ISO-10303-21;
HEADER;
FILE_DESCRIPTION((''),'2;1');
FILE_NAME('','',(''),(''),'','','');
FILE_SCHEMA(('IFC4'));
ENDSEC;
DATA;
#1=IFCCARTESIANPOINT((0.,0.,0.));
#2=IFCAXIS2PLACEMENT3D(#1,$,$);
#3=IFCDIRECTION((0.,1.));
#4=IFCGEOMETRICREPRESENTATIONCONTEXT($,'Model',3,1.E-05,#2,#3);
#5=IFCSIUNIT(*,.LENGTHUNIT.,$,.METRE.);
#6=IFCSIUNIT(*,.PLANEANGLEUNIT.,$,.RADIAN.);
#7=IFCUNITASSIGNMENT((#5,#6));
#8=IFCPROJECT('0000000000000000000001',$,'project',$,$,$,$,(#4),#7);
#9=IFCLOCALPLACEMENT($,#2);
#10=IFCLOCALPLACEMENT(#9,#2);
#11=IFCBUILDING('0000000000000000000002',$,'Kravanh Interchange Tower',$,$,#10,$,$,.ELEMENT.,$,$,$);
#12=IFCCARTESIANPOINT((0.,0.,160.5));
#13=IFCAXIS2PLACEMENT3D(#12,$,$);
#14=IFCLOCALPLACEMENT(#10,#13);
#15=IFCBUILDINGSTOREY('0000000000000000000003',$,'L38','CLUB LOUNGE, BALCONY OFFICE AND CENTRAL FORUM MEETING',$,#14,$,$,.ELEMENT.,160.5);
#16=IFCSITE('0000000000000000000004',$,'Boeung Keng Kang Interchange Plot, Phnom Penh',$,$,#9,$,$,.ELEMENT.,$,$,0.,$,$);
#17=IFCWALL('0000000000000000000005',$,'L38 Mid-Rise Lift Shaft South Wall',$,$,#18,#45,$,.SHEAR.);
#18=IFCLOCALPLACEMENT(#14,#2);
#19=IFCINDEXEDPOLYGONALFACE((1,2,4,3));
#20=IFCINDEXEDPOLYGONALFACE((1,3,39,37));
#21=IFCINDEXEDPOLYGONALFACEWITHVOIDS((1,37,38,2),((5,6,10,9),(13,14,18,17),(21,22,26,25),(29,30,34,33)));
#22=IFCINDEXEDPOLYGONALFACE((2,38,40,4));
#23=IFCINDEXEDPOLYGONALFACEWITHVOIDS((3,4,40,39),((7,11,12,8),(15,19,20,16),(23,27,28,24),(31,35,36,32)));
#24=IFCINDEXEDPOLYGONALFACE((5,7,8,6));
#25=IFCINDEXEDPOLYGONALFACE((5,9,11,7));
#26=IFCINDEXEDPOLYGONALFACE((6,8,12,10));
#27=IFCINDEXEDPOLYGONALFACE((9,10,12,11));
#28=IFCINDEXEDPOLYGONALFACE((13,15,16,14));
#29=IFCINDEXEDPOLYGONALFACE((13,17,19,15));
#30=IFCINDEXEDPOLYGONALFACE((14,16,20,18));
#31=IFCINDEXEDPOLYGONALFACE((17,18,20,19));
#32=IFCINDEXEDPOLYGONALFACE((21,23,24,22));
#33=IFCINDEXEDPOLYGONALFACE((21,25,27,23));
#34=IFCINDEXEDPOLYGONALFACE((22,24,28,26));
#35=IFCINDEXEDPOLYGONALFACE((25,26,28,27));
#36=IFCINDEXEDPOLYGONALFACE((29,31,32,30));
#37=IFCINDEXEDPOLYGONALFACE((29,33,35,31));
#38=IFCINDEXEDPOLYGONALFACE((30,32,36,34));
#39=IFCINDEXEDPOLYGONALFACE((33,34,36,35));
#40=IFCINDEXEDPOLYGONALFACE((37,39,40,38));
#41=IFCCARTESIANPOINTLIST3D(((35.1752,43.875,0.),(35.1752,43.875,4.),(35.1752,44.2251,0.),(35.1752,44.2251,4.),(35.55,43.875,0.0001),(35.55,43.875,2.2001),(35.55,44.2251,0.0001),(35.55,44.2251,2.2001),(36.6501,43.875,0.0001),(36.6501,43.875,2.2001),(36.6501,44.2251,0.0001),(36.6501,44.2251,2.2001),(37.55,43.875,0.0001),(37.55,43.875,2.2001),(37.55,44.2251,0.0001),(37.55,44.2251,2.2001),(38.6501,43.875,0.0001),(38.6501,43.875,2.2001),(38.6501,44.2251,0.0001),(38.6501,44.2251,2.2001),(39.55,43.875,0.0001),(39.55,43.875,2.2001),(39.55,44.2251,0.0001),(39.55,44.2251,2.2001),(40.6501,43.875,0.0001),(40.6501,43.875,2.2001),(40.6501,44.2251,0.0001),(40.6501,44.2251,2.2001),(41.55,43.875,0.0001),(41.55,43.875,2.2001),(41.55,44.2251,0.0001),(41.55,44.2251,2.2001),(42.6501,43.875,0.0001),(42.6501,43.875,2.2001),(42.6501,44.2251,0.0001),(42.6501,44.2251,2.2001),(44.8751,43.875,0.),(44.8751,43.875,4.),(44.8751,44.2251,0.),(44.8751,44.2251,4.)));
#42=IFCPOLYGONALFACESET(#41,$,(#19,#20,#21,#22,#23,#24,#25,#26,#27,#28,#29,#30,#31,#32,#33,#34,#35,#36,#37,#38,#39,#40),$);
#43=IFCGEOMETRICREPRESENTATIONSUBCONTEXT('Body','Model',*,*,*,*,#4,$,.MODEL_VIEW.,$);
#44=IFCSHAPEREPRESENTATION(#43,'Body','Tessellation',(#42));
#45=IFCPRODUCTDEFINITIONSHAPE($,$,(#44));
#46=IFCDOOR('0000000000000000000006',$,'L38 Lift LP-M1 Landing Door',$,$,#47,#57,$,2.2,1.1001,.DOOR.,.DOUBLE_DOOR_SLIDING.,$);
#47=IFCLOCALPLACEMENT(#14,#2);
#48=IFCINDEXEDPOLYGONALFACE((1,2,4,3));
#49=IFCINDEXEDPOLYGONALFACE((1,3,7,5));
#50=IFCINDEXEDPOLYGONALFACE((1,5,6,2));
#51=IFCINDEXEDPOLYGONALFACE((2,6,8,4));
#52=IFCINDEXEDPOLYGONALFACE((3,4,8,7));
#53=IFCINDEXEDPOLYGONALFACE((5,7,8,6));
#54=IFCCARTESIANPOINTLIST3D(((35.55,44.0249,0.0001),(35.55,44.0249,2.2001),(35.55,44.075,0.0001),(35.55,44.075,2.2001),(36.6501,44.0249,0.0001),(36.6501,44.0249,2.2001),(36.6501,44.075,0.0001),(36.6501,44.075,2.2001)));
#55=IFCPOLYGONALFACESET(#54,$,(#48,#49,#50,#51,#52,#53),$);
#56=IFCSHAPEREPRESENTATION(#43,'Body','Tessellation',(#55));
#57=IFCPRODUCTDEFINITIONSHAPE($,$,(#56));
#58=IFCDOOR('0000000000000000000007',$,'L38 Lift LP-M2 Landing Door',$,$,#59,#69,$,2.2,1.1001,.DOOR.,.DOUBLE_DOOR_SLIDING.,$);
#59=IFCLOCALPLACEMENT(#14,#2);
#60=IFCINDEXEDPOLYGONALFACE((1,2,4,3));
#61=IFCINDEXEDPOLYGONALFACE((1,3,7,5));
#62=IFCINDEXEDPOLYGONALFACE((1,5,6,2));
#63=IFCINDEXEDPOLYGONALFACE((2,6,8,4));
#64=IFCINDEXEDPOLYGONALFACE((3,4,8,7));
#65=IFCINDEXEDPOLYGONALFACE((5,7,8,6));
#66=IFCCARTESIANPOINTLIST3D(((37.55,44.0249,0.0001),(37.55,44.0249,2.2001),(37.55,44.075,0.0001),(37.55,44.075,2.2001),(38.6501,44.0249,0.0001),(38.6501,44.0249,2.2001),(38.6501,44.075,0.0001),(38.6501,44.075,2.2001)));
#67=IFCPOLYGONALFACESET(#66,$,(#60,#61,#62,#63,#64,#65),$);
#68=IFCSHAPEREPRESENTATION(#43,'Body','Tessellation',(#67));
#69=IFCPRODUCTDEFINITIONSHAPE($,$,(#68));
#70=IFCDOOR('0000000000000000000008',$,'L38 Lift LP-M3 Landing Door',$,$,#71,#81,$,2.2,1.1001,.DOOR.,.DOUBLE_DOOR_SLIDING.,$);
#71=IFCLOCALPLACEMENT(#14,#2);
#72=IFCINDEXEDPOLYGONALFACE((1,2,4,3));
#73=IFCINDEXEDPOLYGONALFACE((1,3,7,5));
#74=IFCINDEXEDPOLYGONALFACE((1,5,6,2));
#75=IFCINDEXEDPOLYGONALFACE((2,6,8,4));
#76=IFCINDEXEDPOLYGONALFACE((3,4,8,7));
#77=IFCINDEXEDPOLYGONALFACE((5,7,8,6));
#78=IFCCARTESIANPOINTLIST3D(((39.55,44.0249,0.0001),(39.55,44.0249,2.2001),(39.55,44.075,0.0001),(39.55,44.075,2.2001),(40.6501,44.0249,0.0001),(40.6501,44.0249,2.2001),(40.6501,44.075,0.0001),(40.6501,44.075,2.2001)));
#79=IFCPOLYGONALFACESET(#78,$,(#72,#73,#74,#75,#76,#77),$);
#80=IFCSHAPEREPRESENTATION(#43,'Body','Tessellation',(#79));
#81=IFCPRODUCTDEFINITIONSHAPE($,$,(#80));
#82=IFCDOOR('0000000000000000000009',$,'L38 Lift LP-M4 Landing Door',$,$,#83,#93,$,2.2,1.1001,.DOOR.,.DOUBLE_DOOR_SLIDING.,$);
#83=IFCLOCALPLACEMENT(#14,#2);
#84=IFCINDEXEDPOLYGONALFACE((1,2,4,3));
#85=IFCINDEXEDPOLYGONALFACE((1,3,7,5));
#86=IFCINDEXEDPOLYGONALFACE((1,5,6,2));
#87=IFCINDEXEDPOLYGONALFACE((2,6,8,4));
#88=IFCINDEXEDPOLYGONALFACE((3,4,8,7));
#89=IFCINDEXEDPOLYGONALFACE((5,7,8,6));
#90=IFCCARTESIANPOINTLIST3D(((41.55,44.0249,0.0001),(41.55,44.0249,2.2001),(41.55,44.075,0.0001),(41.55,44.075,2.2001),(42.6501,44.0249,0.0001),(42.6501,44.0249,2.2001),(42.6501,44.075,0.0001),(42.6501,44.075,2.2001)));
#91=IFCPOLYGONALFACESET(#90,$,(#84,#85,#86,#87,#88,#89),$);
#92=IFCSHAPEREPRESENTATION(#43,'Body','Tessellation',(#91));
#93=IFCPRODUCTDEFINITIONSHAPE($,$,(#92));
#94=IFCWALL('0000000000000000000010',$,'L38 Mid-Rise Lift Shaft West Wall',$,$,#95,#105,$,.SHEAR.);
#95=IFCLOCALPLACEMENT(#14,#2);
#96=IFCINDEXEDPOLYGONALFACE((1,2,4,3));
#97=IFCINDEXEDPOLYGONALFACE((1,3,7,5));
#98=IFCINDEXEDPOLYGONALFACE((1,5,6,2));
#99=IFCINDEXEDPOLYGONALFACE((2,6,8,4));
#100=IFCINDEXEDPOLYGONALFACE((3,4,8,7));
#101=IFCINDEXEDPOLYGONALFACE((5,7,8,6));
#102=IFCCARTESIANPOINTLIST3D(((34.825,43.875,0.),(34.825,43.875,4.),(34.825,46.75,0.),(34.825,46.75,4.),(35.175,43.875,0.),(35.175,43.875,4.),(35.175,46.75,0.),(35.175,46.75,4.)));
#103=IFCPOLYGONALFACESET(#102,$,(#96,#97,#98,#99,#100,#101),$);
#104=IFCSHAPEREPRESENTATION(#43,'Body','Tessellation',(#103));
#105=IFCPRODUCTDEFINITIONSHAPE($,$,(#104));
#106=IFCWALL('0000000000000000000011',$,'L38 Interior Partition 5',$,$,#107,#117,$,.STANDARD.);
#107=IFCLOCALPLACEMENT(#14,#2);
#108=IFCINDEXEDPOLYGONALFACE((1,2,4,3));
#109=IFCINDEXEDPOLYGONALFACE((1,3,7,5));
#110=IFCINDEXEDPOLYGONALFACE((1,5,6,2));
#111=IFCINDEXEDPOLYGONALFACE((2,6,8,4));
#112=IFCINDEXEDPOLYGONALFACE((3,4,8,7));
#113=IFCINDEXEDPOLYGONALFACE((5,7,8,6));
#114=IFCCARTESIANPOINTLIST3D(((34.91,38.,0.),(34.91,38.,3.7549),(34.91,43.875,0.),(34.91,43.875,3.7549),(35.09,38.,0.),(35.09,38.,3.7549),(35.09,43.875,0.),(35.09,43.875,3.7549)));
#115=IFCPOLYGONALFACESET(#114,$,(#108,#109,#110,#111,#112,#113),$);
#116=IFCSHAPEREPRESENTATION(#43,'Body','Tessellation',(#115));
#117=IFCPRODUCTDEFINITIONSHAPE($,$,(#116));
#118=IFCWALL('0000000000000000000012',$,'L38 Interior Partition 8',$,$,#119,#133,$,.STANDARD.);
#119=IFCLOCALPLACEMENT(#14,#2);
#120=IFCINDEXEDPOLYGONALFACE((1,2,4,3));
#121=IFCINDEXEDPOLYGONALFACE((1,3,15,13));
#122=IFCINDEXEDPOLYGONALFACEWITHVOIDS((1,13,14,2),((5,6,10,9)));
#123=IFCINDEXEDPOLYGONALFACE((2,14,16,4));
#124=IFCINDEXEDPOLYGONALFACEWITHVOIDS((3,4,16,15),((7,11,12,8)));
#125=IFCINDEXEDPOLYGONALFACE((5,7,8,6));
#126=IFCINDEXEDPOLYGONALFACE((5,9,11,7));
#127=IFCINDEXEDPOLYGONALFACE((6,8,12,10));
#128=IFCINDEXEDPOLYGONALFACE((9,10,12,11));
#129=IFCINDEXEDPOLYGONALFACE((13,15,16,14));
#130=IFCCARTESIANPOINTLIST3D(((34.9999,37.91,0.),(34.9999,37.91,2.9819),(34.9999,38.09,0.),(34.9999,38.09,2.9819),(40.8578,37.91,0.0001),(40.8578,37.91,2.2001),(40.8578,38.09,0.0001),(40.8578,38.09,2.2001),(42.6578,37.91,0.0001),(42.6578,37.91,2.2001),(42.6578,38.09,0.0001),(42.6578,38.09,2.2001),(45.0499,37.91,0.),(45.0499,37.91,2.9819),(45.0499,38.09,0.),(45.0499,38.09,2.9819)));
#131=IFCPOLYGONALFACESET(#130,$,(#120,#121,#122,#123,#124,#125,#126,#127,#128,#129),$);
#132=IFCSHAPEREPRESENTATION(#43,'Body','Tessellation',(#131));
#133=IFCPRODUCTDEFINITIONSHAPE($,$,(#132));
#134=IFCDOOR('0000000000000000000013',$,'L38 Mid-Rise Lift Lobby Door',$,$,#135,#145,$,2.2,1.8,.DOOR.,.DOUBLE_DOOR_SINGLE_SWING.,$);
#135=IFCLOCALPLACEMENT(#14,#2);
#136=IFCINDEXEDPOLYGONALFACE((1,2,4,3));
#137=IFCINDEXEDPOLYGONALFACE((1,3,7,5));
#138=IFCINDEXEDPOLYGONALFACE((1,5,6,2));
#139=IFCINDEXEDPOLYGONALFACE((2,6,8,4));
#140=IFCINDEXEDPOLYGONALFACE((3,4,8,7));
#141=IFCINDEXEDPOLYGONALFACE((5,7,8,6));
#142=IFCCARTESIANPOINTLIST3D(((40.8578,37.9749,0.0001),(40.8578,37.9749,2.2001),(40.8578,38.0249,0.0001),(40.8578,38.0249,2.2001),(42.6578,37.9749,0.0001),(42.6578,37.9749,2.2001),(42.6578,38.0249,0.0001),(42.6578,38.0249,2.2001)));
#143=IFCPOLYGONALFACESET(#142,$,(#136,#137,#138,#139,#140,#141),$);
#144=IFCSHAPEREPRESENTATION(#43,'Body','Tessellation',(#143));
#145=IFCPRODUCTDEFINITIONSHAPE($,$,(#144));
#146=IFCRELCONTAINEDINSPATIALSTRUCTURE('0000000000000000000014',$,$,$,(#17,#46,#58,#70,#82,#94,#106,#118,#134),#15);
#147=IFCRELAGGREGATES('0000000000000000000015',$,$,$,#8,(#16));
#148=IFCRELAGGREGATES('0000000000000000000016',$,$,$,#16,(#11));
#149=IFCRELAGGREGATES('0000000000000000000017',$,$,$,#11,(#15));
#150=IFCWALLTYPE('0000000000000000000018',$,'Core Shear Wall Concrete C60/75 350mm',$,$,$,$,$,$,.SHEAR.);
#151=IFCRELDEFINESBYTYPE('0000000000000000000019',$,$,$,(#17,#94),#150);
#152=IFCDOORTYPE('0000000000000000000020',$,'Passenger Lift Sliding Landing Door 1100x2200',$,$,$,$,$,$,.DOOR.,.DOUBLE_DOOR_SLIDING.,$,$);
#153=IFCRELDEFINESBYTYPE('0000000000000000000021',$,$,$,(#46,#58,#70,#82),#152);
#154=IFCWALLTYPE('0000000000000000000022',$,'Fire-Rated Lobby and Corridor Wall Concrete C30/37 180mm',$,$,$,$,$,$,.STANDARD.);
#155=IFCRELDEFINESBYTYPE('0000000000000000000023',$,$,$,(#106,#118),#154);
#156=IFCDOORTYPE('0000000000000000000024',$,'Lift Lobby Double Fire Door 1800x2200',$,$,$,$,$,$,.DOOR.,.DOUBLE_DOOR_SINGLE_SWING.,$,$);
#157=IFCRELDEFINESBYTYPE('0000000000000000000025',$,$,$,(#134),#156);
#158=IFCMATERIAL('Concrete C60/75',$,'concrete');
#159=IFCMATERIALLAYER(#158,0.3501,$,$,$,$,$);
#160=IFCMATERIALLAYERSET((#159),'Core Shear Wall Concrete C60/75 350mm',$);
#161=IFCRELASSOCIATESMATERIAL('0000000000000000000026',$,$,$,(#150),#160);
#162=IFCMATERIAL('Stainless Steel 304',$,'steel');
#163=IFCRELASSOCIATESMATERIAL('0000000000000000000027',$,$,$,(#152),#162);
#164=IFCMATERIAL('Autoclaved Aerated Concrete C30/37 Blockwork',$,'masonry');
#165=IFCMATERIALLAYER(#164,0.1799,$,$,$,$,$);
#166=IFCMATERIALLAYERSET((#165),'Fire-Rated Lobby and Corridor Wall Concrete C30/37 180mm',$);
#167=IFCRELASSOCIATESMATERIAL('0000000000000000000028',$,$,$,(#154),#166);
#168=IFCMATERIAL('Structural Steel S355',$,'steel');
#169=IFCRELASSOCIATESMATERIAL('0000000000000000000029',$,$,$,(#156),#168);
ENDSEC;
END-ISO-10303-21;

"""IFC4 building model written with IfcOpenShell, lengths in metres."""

from ifc_helpers import new_model, si_unit, direction, frame, frame_2d, origin, place, context, subcontext, project, spatial, rectangle, extrude, material, layer, layer_set, type_object, element, fill, save


model = new_model("IFC4")

# Units and contexts
model_context = context("Model", 3, precision=1e-05, world=origin(), true_north=direction((0.0, 1.0)))
body_context = subcontext(model_context, "Body", "Model", "MODEL_VIEW")
ifc_project = project(units=[si_unit("LENGTHUNIT", "METRE"), si_unit("PLANEANGLEUNIT", "RADIAN")], contexts=[model_context])

# Site, building, storey
site_placement = place(None, origin())
site = spatial("IfcSite", under=ifc_project, at=site_placement, Name="Boeung Keng Kang Interchange Plot, Phnom Penh", CompositionType="ELEMENT", RefElevation=0.0)
building_placement = place(site_placement, origin())
building = spatial("IfcBuilding", under=site, at=building_placement, Name="Kravanh Interchange Tower", CompositionType="ELEMENT")
storey_placement = place(building_placement, frame((0.0, 0.0, 160.5)))
storey = spatial("IfcBuildingStorey", under=building, at=storey_placement, Name="L38", Description="CLUB LOUNGE, BALCONY OFFICE AND CENTRAL FORUM MEETING", CompositionType="ELEMENT", Elevation=160.5)

# Wall, openings, doors
ifc_material_1 = material(Name="Concrete C60/75", Category="concrete")
ifc_layer_1 = layer(ifc_material_1, 0.3501)
ifc_layer_set_1 = layer_set([ifc_layer_1], Name="Core Shear Wall Concrete C60/75 350mm")
wall_type_1 = type_object("IfcWallType", Name="Core Shear Wall Concrete C60/75 350mm", PredefinedType="SHEAR", material=ifc_layer_set_1)
wall_1_placement = place(storey_placement, frame((35.175, 44.05, 0.0), z_axis=(0.0, 0.0, 1.0), x_axis=(1.0, 0.0, 0.0)))
wall_1 = element("IfcWall", 1, at=wall_1_placement, inside=storey, type_object=wall_type_1, Name="L38 Mid-Rise Lift Shaft South Wall", PredefinedType="SHEAR", context=body_context, shape_type="SweptSolid", body=[
    extrude(rectangle(XDim=9.7, YDim=0.3501, at=frame_2d((4.8501, 0.0))), origin(), (0.0, 0.0, 1.0), 4.0),
])
opening_1_placement = place(wall_1_placement, frame((0.375, 0.0, 0.0)))
opening_1 = element("IfcOpeningElement", 2, at=opening_1_placement, cuts=wall_1, PredefinedType="OPENING", context=body_context, shape_type="SweptSolid", body=[
    extrude(rectangle(XDim=1.1001, YDim=2.2, at=frame_2d((0.55, 1.1001))), frame((0.0, 0.1851, 0.0), z_axis=(0.0, -1.0, 0.0), x_axis=(1.0, 0.0, 0.0)), (0.0, 0.0, 1.0), 0.3701),
])
opening_2_placement = place(wall_1_placement, frame((2.375, 0.0, 0.0)))
opening_2 = element("IfcOpeningElement", 3, at=opening_2_placement, cuts=wall_1, PredefinedType="OPENING", context=body_context, shape_type="SweptSolid", body=[
    extrude(rectangle(XDim=1.1001, YDim=2.2, at=frame_2d((0.55, 1.1001))), frame((0.0, 0.1851, 0.0), z_axis=(0.0, -1.0, 0.0), x_axis=(1.0, 0.0, 0.0)), (0.0, 0.0, 1.0), 0.3701),
])
opening_3_placement = place(wall_1_placement, frame((4.375, 0.0, 0.0)))
opening_3 = element("IfcOpeningElement", 4, at=opening_3_placement, cuts=wall_1, PredefinedType="OPENING", context=body_context, shape_type="SweptSolid", body=[
    extrude(rectangle(XDim=1.1001, YDim=2.2, at=frame_2d((0.55, 1.1001))), frame((0.0, 0.1851, 0.0), z_axis=(0.0, -1.0, 0.0), x_axis=(1.0, 0.0, 0.0)), (0.0, 0.0, 1.0), 0.3701),
])
opening_4_placement = place(wall_1_placement, frame((6.375, 0.0, 0.0)))
opening_4 = element("IfcOpeningElement", 5, at=opening_4_placement, cuts=wall_1, PredefinedType="OPENING", context=body_context, shape_type="SweptSolid", body=[
    extrude(rectangle(XDim=1.1001, YDim=2.2, at=frame_2d((0.55, 1.1001))), frame((0.0, 0.1851, 0.0), z_axis=(0.0, -1.0, 0.0), x_axis=(1.0, 0.0, 0.0)), (0.0, 0.0, 1.0), 0.3701),
])
ifc_material_2 = material(Name="Stainless Steel 304", Category="steel")
door_type_1 = type_object("IfcDoorType", Name="Passenger Lift Sliding Landing Door 1100x2200", OperationType="DOUBLE_DOOR_SLIDING", PredefinedType="DOOR", material=ifc_material_2)
door_1_placement = place(opening_1_placement, origin())
door_1 = element("IfcDoor", 6, at=door_1_placement, inside=storey, type_object=door_type_1, Name="L38 Lift LP-M1 Landing Door", OperationType="DOUBLE_DOOR_SLIDING", OverallHeight=2.2, OverallWidth=1.1001, PredefinedType="DOOR", context=body_context, shape_type="SweptSolid", body=[
    extrude(rectangle(XDim=1.1001, YDim=2.2, at=frame_2d((0.55, 1.1001))), frame((0.0, 0.0249, 0.0), z_axis=(0.0, -1.0, 0.0), x_axis=(1.0, 0.0, 0.0)), (0.0, 0.0, 1.0), 0.05),
])
fill(opening_1, door_1)
door_2_placement = place(opening_2_placement, origin())
door_2 = element("IfcDoor", 7, at=door_2_placement, inside=storey, type_object=door_type_1, Name="L38 Lift LP-M2 Landing Door", OperationType="DOUBLE_DOOR_SLIDING", OverallHeight=2.2, OverallWidth=1.1001, PredefinedType="DOOR", context=body_context, shape_type="SweptSolid", body=[
    extrude(rectangle(XDim=1.1001, YDim=2.2, at=frame_2d((0.55, 1.1001))), frame((0.0, 0.0249, 0.0), z_axis=(0.0, -1.0, 0.0), x_axis=(1.0, 0.0, 0.0)), (0.0, 0.0, 1.0), 0.05),
])
fill(opening_2, door_2)
door_3_placement = place(opening_3_placement, origin())
door_3 = element("IfcDoor", 8, at=door_3_placement, inside=storey, type_object=door_type_1, Name="L38 Lift LP-M3 Landing Door", OperationType="DOUBLE_DOOR_SLIDING", OverallHeight=2.2, OverallWidth=1.1001, PredefinedType="DOOR", context=body_context, shape_type="SweptSolid", body=[
    extrude(rectangle(XDim=1.1001, YDim=2.2, at=frame_2d((0.55, 1.1001))), frame((0.0, 0.0249, 0.0), z_axis=(0.0, -1.0, 0.0), x_axis=(1.0, 0.0, 0.0)), (0.0, 0.0, 1.0), 0.05),
])
fill(opening_3, door_3)
door_4_placement = place(opening_4_placement, origin())
door_4 = element("IfcDoor", 9, at=door_4_placement, inside=storey, type_object=door_type_1, Name="L38 Lift LP-M4 Landing Door", OperationType="DOUBLE_DOOR_SLIDING", OverallHeight=2.2, OverallWidth=1.1001, PredefinedType="DOOR", context=body_context, shape_type="SweptSolid", body=[
    extrude(rectangle(XDim=1.1001, YDim=2.2, at=frame_2d((0.55, 1.1001))), frame((0.0, 0.0249, 0.0), z_axis=(0.0, -1.0, 0.0), x_axis=(1.0, 0.0, 0.0)), (0.0, 0.0, 1.0), 0.05),
])
fill(opening_4, door_4)

# Walls
wall_2_placement = place(storey_placement, frame((35.0, 43.875, 0.0), z_axis=(0.0, 0.0, 1.0), x_axis=(0.0, 1.0, 0.0)))
element("IfcWall", 10, at=wall_2_placement, inside=storey, type_object=wall_type_1, Name="L38 Mid-Rise Lift Shaft West Wall", PredefinedType="SHEAR", context=body_context, shape_type="SweptSolid", body=[
    extrude(rectangle(XDim=2.875, YDim=0.3501, at=frame_2d((1.4375, 0.0))), origin(), (0.0, 0.0, 1.0), 4.0),
])
ifc_material_3 = material(Name="Autoclaved Aerated Concrete C30/37 Blockwork", Category="masonry")
ifc_layer_2 = layer(ifc_material_3, 0.1799)
ifc_layer_set_2 = layer_set([ifc_layer_2], Name="Fire-Rated Lobby and Corridor Wall Concrete C30/37 180mm")
wall_type_2 = type_object("IfcWallType", Name="Fire-Rated Lobby and Corridor Wall Concrete C30/37 180mm", PredefinedType="STANDARD", material=ifc_layer_set_2)
wall_3_placement = place(storey_placement, frame((35.0, 38.0, 0.0), z_axis=(0.0, 0.0, 1.0), x_axis=(0.0, 1.0, 0.0)))
element("IfcWall", 11, at=wall_3_placement, inside=storey, type_object=wall_type_2, Name="L38 Interior Partition 5", PredefinedType="STANDARD", context=body_context, shape_type="SweptSolid", body=[
    extrude(rectangle(XDim=5.875, YDim=0.1799, at=frame_2d((2.9375, 0.0))), origin(), (0.0, 0.0, 1.0), 3.7549),
])

# Wall, opening, door
wall_4_placement = place(storey_placement, frame((35.0, 38.0, 0.0), z_axis=(0.0, 0.0, 1.0), x_axis=(1.0, 0.0, 0.0)))
wall_4 = element("IfcWall", 12, at=wall_4_placement, inside=storey, type_object=wall_type_2, Name="L38 Interior Partition 8", PredefinedType="STANDARD", context=body_context, shape_type="SweptSolid", body=[
    extrude(rectangle(XDim=10.05, YDim=0.1799, at=frame_2d((5.0249, 0.0))), origin(), (0.0, 0.0, 1.0), 2.9819),
])
opening_5_placement = place(wall_4_placement, frame((5.8579, 0.0, 0.0)))
opening_5 = element("IfcOpeningElement", 13, at=opening_5_placement, cuts=wall_4, PredefinedType="OPENING", context=body_context, shape_type="SweptSolid", body=[
    extrude(rectangle(XDim=1.8, YDim=2.2, at=frame_2d((0.8999, 1.1001))), frame((0.0, 0.1001, 0.0), z_axis=(0.0, -1.0, 0.0), x_axis=(1.0, 0.0, 0.0)), (0.0, 0.0, 1.0), 0.2),
])
ifc_material_4 = material(Name="Structural Steel S355", Category="steel")
door_type_2 = type_object("IfcDoorType", Name="Lift Lobby Double Fire Door 1800x2200", OperationType="DOUBLE_DOOR_SINGLE_SWING", PredefinedType="DOOR", material=ifc_material_4)
door_5_placement = place(opening_5_placement, origin())
door_5 = element("IfcDoor", 14, at=door_5_placement, inside=storey, type_object=door_type_2, Name="L38 Mid-Rise Lift Lobby Door", OperationType="DOUBLE_DOOR_SINGLE_SWING", OverallHeight=2.2, OverallWidth=1.8, PredefinedType="DOOR", context=body_context, shape_type="SweptSolid", body=[
    extrude(rectangle(XDim=1.8, YDim=2.2, at=frame_2d((0.8999, 1.1001))), frame((0.0, 0.0249, 0.0), z_axis=(0.0, -1.0, 0.0), x_axis=(1.0, 0.0, 0.0)), (0.0, 0.0, 1.0), 0.05),
])
fill(opening_5, door_5)

save(model, "model.ifc")
